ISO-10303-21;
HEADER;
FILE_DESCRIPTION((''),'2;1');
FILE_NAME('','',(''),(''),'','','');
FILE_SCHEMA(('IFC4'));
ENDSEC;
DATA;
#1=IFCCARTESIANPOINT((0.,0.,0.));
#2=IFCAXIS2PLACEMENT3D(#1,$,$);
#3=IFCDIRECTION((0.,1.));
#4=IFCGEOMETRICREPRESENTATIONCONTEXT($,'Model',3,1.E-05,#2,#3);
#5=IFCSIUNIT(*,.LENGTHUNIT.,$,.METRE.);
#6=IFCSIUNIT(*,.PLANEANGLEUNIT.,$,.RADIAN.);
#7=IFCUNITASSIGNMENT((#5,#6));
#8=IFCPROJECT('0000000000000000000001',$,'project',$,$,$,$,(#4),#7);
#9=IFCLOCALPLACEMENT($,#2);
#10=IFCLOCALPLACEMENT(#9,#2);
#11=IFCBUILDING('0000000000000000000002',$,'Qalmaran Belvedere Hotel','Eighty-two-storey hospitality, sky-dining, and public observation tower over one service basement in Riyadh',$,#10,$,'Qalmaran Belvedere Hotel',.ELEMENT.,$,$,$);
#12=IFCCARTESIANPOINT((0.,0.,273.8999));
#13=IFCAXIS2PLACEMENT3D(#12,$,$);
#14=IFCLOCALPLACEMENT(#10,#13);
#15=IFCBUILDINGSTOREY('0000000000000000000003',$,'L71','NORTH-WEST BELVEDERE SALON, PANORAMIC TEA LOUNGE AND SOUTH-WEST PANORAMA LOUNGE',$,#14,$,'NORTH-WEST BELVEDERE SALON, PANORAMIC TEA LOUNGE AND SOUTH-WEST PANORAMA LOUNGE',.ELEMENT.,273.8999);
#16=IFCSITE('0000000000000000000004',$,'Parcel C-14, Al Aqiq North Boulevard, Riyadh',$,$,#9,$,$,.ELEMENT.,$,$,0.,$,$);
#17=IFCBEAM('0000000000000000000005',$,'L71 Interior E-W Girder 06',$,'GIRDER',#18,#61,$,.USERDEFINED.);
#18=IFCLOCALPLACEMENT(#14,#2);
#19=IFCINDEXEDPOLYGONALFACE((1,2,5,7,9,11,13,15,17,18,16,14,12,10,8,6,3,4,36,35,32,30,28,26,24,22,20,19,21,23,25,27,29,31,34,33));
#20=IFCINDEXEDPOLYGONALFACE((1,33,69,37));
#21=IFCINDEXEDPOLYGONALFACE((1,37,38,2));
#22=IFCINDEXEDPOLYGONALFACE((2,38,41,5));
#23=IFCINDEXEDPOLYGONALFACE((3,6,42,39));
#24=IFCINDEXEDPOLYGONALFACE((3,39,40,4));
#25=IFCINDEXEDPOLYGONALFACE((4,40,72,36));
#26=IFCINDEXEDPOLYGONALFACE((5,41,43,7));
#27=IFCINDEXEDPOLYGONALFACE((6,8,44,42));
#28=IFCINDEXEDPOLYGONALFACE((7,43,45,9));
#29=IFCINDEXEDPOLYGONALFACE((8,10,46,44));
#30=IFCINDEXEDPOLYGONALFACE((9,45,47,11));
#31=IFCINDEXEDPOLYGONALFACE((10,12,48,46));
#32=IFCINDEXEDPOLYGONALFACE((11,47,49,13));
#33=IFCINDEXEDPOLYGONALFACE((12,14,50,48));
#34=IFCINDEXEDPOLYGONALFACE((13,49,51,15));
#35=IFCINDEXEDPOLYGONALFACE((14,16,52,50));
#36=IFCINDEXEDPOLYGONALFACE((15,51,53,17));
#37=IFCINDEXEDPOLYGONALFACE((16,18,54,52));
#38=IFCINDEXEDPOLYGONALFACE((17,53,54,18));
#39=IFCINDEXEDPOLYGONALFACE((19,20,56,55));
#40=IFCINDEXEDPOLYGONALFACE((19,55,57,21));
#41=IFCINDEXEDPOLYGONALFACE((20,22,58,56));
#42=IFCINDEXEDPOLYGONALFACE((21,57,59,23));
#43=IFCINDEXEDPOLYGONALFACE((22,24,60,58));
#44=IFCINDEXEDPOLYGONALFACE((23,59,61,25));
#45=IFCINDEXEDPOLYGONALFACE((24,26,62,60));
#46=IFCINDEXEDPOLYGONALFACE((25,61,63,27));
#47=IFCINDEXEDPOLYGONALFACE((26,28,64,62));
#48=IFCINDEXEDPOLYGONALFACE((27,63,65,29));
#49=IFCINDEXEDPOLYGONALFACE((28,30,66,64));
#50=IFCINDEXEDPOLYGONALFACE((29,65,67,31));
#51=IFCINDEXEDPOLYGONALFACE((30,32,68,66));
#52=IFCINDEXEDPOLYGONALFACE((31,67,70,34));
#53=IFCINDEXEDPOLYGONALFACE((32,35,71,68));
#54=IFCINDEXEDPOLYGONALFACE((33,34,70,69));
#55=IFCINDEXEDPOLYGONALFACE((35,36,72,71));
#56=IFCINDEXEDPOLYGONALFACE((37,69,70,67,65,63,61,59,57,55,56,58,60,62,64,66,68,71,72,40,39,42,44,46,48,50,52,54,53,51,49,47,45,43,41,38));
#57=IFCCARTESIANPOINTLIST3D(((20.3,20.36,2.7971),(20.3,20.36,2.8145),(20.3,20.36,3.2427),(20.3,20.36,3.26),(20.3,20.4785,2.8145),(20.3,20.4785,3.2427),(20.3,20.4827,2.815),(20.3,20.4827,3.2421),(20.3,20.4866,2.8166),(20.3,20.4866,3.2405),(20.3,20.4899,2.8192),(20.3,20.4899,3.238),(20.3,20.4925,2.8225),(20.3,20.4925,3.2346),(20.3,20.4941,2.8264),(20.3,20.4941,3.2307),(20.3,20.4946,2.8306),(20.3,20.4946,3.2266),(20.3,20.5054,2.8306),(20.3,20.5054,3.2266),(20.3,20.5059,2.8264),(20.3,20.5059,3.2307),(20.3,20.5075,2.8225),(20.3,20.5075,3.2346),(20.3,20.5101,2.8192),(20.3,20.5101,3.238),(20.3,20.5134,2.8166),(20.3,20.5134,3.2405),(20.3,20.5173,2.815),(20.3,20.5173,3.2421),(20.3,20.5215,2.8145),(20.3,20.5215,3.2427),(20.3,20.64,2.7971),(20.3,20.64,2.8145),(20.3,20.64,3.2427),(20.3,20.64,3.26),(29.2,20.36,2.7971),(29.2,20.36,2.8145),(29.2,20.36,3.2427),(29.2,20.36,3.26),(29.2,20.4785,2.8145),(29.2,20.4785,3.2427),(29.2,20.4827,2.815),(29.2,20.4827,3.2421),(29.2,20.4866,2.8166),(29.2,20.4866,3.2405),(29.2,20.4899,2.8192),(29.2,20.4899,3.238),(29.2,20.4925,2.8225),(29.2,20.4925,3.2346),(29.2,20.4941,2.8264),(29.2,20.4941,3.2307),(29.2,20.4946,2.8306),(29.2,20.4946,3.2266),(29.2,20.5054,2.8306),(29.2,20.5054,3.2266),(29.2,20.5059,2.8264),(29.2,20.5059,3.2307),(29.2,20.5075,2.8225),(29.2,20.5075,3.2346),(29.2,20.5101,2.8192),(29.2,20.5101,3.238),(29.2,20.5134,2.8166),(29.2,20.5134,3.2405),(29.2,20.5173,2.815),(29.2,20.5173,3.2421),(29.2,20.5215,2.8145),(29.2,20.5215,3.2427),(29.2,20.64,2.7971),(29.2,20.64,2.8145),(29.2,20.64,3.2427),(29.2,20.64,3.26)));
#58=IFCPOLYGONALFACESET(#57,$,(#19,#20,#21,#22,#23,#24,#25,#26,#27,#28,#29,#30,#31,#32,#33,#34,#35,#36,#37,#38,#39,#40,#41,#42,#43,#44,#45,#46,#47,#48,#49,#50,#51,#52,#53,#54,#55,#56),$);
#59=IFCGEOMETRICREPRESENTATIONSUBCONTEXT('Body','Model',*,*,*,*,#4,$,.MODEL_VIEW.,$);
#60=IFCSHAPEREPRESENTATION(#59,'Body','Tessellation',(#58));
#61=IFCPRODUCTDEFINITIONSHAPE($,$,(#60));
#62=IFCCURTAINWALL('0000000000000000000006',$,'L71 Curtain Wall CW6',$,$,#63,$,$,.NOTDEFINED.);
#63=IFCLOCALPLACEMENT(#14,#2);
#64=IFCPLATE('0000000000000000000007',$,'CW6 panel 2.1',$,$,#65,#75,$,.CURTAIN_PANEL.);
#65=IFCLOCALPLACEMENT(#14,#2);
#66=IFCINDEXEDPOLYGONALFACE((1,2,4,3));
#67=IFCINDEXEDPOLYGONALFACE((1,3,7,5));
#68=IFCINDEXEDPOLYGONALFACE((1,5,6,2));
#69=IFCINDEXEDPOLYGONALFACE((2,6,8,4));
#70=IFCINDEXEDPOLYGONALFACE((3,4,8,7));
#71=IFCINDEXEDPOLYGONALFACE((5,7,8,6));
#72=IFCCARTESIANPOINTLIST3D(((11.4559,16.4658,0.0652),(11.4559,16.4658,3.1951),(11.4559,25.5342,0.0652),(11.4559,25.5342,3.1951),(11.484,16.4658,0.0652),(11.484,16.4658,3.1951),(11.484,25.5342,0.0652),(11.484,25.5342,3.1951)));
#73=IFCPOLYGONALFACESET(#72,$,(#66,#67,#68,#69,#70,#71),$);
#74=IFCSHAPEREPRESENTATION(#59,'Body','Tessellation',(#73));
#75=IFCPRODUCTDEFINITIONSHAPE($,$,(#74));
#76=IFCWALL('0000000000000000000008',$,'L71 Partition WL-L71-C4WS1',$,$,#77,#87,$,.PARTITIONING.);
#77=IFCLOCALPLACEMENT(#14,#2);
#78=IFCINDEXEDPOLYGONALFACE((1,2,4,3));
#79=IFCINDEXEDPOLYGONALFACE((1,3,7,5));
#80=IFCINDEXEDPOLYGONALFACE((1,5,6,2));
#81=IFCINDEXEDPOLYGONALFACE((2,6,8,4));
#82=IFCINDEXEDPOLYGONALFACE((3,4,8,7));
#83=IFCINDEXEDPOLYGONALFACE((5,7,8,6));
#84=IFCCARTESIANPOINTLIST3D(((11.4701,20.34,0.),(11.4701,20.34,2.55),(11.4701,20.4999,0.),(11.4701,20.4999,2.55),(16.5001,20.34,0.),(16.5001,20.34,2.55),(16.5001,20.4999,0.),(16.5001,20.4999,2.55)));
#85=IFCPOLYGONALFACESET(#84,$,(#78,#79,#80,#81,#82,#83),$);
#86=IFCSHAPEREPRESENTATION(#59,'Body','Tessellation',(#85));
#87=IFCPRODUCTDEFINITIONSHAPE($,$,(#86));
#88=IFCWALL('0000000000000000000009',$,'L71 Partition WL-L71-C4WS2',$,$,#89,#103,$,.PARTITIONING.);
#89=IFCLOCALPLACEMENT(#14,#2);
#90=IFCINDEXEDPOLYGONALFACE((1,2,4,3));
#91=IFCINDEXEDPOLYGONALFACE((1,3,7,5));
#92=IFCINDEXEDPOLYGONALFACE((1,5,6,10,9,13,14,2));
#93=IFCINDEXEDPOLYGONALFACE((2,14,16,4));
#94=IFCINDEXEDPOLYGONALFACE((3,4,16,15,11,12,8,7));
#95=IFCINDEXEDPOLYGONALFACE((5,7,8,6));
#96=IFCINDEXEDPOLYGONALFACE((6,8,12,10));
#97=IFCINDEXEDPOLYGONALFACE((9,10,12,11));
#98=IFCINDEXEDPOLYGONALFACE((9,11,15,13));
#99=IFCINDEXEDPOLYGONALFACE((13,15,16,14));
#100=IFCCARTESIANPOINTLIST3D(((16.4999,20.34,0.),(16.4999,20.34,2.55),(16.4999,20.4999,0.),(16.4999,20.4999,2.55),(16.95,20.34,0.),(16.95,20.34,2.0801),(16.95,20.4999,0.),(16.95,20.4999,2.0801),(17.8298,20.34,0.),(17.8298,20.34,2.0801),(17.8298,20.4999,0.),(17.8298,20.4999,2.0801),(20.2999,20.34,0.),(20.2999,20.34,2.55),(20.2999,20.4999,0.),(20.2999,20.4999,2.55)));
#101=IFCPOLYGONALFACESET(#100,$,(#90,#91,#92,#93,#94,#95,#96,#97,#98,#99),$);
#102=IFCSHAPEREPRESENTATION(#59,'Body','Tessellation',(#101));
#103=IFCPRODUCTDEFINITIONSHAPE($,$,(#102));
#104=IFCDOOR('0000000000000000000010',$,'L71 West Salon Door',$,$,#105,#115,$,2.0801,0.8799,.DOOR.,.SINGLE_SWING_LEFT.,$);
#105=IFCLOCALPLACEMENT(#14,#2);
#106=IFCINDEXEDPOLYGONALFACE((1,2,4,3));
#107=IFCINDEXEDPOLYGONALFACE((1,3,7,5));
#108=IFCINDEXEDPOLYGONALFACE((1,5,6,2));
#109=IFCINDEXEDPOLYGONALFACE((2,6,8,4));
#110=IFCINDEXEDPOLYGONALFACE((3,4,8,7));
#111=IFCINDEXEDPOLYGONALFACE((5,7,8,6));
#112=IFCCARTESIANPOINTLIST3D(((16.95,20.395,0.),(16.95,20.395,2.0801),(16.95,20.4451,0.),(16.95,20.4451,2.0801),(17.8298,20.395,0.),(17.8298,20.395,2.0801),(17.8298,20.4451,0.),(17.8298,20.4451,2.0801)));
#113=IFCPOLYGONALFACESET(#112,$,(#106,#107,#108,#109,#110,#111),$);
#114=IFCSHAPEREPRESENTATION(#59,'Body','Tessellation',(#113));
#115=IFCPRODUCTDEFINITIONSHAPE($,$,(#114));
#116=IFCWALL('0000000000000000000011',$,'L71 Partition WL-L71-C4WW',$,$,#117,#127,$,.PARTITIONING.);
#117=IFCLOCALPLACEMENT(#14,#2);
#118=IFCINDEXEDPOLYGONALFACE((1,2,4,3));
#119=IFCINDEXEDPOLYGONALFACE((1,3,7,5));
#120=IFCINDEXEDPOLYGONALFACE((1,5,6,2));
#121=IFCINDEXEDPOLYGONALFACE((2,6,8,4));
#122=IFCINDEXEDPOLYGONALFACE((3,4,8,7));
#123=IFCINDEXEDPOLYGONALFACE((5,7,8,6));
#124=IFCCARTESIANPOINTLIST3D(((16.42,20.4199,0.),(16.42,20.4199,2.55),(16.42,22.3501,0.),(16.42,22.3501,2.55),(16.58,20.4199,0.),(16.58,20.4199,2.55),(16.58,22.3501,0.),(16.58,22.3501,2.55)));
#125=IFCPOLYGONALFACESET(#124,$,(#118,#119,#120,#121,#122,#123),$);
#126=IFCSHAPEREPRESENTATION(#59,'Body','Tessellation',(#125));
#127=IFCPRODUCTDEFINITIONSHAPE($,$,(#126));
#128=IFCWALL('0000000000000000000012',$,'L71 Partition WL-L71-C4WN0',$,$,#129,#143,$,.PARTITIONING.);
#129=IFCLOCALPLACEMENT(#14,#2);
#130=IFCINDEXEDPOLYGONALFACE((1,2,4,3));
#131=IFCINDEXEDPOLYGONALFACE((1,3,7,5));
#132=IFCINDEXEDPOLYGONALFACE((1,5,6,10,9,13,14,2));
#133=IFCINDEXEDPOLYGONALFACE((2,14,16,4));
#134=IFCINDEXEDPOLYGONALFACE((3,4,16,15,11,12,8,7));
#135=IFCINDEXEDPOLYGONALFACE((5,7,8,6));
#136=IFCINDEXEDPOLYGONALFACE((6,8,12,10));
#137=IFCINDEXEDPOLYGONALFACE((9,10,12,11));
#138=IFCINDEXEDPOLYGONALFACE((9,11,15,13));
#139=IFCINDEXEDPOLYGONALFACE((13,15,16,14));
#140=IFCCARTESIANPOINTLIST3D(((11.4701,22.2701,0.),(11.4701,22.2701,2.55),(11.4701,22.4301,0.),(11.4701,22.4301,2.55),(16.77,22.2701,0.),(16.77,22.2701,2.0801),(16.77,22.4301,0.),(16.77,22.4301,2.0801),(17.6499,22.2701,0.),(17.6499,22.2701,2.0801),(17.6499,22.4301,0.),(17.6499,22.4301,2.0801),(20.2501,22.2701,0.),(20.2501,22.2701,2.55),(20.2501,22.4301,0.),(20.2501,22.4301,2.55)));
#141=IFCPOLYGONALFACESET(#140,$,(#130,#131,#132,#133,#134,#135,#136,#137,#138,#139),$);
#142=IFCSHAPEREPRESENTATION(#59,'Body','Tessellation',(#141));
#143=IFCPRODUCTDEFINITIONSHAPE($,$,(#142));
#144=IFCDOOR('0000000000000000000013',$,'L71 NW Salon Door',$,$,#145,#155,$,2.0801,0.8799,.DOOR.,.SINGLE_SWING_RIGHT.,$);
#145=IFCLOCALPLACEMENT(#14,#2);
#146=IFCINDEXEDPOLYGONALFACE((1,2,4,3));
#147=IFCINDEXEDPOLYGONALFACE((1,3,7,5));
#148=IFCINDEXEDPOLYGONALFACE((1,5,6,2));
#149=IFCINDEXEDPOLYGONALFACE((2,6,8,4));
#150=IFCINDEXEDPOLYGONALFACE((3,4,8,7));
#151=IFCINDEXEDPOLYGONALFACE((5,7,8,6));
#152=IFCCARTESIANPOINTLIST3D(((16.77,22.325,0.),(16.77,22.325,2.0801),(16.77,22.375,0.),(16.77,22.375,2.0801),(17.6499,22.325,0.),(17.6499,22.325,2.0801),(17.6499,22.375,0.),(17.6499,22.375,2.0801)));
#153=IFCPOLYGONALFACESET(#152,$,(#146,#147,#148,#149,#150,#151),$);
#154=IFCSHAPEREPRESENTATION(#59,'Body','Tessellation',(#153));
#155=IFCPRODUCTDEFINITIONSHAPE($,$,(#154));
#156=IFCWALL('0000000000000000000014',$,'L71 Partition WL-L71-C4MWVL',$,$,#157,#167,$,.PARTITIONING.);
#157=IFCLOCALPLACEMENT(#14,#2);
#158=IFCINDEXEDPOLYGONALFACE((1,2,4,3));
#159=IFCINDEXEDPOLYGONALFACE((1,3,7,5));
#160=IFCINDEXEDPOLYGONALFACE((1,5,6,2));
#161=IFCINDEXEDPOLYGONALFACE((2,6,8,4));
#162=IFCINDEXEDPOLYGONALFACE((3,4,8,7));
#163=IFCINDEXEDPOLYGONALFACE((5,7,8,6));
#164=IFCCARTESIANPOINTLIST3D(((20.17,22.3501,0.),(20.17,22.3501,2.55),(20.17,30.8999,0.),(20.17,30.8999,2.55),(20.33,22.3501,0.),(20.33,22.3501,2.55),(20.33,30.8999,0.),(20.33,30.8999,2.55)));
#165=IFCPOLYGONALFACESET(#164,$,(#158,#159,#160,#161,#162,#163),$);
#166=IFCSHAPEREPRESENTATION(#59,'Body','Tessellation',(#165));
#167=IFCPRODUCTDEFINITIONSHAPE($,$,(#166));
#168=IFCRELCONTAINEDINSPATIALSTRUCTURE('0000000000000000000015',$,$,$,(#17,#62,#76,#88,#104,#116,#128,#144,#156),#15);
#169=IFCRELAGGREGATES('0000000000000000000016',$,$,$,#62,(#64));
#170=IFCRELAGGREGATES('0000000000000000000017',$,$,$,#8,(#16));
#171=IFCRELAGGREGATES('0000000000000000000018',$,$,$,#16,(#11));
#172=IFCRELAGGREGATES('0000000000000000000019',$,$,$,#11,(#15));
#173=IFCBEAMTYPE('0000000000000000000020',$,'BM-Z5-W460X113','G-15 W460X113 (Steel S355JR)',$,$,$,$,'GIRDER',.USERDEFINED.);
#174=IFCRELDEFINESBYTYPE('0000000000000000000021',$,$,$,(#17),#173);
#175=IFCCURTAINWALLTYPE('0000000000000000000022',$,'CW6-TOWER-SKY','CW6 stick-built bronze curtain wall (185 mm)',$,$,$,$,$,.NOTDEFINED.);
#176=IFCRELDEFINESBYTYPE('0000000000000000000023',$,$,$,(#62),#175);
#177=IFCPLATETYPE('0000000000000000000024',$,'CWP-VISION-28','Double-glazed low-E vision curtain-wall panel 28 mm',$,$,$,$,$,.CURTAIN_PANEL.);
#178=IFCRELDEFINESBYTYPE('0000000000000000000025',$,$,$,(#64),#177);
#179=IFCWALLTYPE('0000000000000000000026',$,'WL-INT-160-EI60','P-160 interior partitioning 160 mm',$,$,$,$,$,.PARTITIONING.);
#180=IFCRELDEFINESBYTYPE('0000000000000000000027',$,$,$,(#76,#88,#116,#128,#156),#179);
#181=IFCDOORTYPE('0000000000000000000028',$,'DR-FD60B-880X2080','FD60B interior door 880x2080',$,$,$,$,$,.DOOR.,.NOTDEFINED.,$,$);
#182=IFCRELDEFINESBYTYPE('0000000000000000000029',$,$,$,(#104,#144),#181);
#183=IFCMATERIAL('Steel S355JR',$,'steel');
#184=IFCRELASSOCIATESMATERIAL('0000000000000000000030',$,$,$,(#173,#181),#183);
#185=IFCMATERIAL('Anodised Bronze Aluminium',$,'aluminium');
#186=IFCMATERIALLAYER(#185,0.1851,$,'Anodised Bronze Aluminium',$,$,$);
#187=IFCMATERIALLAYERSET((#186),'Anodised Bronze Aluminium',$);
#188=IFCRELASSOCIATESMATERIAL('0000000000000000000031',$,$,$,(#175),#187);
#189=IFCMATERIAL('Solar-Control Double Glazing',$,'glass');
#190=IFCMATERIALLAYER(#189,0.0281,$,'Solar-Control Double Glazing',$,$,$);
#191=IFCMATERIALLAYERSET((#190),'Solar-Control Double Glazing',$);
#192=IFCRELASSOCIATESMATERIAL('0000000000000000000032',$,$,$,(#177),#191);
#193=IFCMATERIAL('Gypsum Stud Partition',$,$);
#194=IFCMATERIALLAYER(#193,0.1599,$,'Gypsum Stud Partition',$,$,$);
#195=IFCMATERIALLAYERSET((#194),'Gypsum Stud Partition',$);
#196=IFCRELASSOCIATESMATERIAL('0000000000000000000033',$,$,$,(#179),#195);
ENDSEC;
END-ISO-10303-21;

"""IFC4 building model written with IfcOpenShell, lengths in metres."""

from ifc_helpers import new_model, si_unit, direction, frame, frame_2d, origin, origin_2d, place, context, subcontext, project, spatial, rectangle, i_section, extrude, material, layer, layer_set, material_profile, profile_set, type_object, element, fill, aggregate, save


model = new_model("IFC4")

# Units and contexts
model_context = context("Model", 3, precision=1e-05, world=origin(), true_north=direction((0.0, 1.0)))
body_context = subcontext(model_context, "Body", "Model", "MODEL_VIEW")
ifc_project = project(units=[si_unit("LENGTHUNIT", "METRE"), si_unit("PLANEANGLEUNIT", "RADIAN")], contexts=[model_context])

# Site, building, storey
site_placement = place(None, origin())
site = spatial("IfcSite", under=ifc_project, at=site_placement, Name="Parcel C-14, Al Aqiq North Boulevard, Riyadh", CompositionType="ELEMENT", RefElevation=0.0)
building_placement = place(site_placement, origin())
building = spatial("IfcBuilding", under=site, at=building_placement, Name="Qalmaran Belvedere Hotel", Description="Eighty-two-storey hospitality, sky-dining, and public observation tower over one service basement in Riyadh", LongName="Qalmaran Belvedere Hotel", CompositionType="ELEMENT")
storey_placement = place(building_placement, frame((0.0, 0.0, 273.8999)))
storey = spatial("IfcBuildingStorey", under=building, at=storey_placement, Name="L71", Description="NORTH-WEST BELVEDERE SALON, PANORAMIC TEA LOUNGE AND SOUTH-WEST PANORAMA LOUNGE", LongName="NORTH-WEST BELVEDERE SALON, PANORAMIC TEA LOUNGE AND SOUTH-WEST PANORAMA LOUNGE", CompositionType="ELEMENT", Elevation=273.8999)

# Beam
ifc_material_1 = material(Name="Steel S355JR", Category="steel")
ifc_material_profile_1 = material_profile(ifc_material_1, i_section(OverallWidth=0.28, OverallDepth=0.4629, WebThickness=0.0107, FlangeThickness=0.0173, FilletRadius=0.0161, at=origin_2d()), Name="W460X113")
ifc_profile_set_1 = profile_set([ifc_material_profile_1], Name="Steel S355JR")
beam_type_1 = type_object("IfcBeamType", Name="BM-Z5-W460X113", Description="G-15 W460X113 (Steel S355JR)", ElementType="GIRDER", PredefinedType="USERDEFINED", material=ifc_profile_set_1)
beam_1_placement = place(storey_placement, frame((20.3, 20.5, 3.0286), z_axis=(1.0, 0.0, 0.0), x_axis=(0.0, 1.0, 0.0)))
element("IfcBeam", 1, at=beam_1_placement, inside=storey, type_object=beam_type_1, Name="L71 Interior E-W Girder 06", ObjectType="GIRDER", PredefinedType="USERDEFINED", context=body_context, shape_type="SweptSolid", body=[
    extrude(i_section(OverallWidth=0.28, OverallDepth=0.4629, WebThickness=0.0107, FlangeThickness=0.0173, FilletRadius=0.0161, at=origin_2d()), origin(), (0.0, 0.0, 1.0), 8.8999),
])

# Curtain wall, plate
ifc_material_2 = material(Name="Anodised Bronze Aluminium", Category="aluminium")
ifc_layer_1 = layer(ifc_material_2, 0.1851, Name="Anodised Bronze Aluminium")
ifc_layer_set_1 = layer_set([ifc_layer_1], Name="Anodised Bronze Aluminium")
curtain_wall_type = type_object("IfcCurtainWallType", Name="CW6-TOWER-SKY", Description="CW6 stick-built bronze curtain wall (185 mm)", PredefinedType="NOTDEFINED", material=ifc_layer_set_1)
curtain_wall_placement = place(storey_placement, origin())
curtain_wall = element("IfcCurtainWall", 2, at=curtain_wall_placement, inside=storey, type_object=curtain_wall_type, Name="L71 Curtain Wall CW6", PredefinedType="NOTDEFINED")
ifc_material_3 = material(Name="Solar-Control Double Glazing", Category="glass")
ifc_layer_2 = layer(ifc_material_3, 0.0281, Name="Solar-Control Double Glazing")
ifc_layer_set_2 = layer_set([ifc_layer_2], Name="Solar-Control Double Glazing")
plate_type = type_object("IfcPlateType", Name="CWP-VISION-28", Description="Double-glazed low-E vision curtain-wall panel 28 mm", PredefinedType="CURTAIN_PANEL", material=ifc_layer_set_2)
plate_placement = place(storey_placement, frame((11.47, 21.0, 0.0652), z_axis=(0.0, 0.0, 1.0), x_axis=(0.0, -1.0, 0.0)))
plate = element("IfcPlate", 3, at=plate_placement, type_object=plate_type, Name="CW6 panel 2.1", PredefinedType="CURTAIN_PANEL", context=body_context, shape_type="SweptSolid", body=[
    extrude(rectangle(XDim=9.0684, YDim=0.0281, at=origin_2d()), origin(), (0.0, 0.0, 1.0), 3.1299),
])
aggregate(curtain_wall, [plate])

# Wall
ifc_material_4 = material(Name="Gypsum Stud Partition")
ifc_layer_3 = layer(ifc_material_4, 0.1599, Name="Gypsum Stud Partition")
ifc_layer_set_3 = layer_set([ifc_layer_3], Name="Gypsum Stud Partition")
wall_type_1 = type_object("IfcWallType", Name="WL-INT-160-EI60", Description="P-160 interior partitioning 160 mm", PredefinedType="PARTITIONING", material=ifc_layer_set_3)
wall_1_placement = place(storey_placement, frame((11.47, 20.4199, 0.0), z_axis=(0.0, 0.0, 1.0), x_axis=(1.0, 0.0, 0.0)))
element("IfcWall", 4, at=wall_1_placement, inside=storey, type_object=wall_type_1, Name="L71 Partition WL-L71-C4WS1", PredefinedType="PARTITIONING", context=body_context, shape_type="SweptSolid", body=[
    extrude(rectangle(XDim=5.03, YDim=0.1599, at=frame_2d((2.5151, 0.0))), origin(), (0.0, 0.0, 1.0), 2.55),
])

# Wall, opening, door
wall_2_placement = place(storey_placement, frame((16.5, 20.4199, 0.0), z_axis=(0.0, 0.0, 1.0), x_axis=(1.0, 0.0, 0.0)))
wall_2 = element("IfcWall", 5, at=wall_2_placement, inside=storey, type_object=wall_type_1, Name="L71 Partition WL-L71-C4WS2", PredefinedType="PARTITIONING", context=body_context, shape_type="SweptSolid", body=[
    extrude(rectangle(XDim=3.8, YDim=0.1599, at=frame_2d((1.8999, 0.0))), origin(), (0.0, 0.0, 1.0), 2.55),
])
opening_1_placement = place(wall_2_placement, frame((1.3298, 0.0, 0.0), z_axis=(0.0, 0.0, 1.0), x_axis=(-1.0, 0.0, 0.0)))
opening_1 = element("IfcOpeningElement", 6, at=opening_1_placement, cuts=wall_2, PredefinedType="OPENING", context=body_context, shape_type="SweptSolid", body=[
    extrude(rectangle(XDim=0.8799, YDim=2.0801, at=frame_2d((0.4399, 1.04))), frame((0.0, 0.0898, 0.0), z_axis=(0.0, -1.0, 0.0), x_axis=(1.0, 0.0, 0.0)), (0.0, 0.0, 1.0), 0.1799),
])
door_type_1 = type_object("IfcDoorType", Name="DR-FD60B-880X2080", Description="FD60B interior door 880x2080", OperationType="NOTDEFINED", PredefinedType="DOOR", material=ifc_material_1)
door_1_placement = place(opening_1_placement, origin())
door_1 = element("IfcDoor", 7, at=door_1_placement, inside=storey, type_object=door_type_1, Name="L71 West Salon Door", OperationType="SINGLE_SWING_LEFT", OverallHeight=2.0801, OverallWidth=0.8799, PredefinedType="DOOR", context=body_context, shape_type="SweptSolid", body=[
    extrude(rectangle(XDim=0.8799, YDim=2.0801, at=frame_2d((0.4399, 1.04))), frame((0.0, 0.0249, 0.0), z_axis=(0.0, -1.0, 0.0), x_axis=(1.0, 0.0, 0.0)), (0.0, 0.0, 1.0), 0.05),
])
fill(opening_1, door_1)

# Wall
wall_3_placement = place(storey_placement, frame((16.5, 20.4199, 0.0), z_axis=(0.0, 0.0, 1.0), x_axis=(0.0, 1.0, 0.0)))
element("IfcWall", 8, at=wall_3_placement, inside=storey, type_object=wall_type_1, Name="L71 Partition WL-L71-C4WW", PredefinedType="PARTITIONING", context=body_context, shape_type="SweptSolid", body=[
    extrude(rectangle(XDim=1.9302, YDim=0.1599, at=frame_2d((0.9651, 0.0))), origin(), (0.0, 0.0, 1.0), 2.55),
])

# Wall, opening, door
wall_4_placement = place(storey_placement, frame((11.47, 22.3501, 0.0), z_axis=(0.0, 0.0, 1.0), x_axis=(1.0, 0.0, 0.0)))
wall_4 = element("IfcWall", 9, at=wall_4_placement, inside=storey, type_object=wall_type_1, Name="L71 Partition WL-L71-C4WN0", PredefinedType="PARTITIONING", context=body_context, shape_type="SweptSolid", body=[
    extrude(rectangle(XDim=8.78, YDim=0.1599, at=frame_2d((4.3901, 0.0))), origin(), (0.0, 0.0, 1.0), 2.55),
])
opening_2_placement = place(wall_4_placement, frame((5.3, 0.0, 0.0)))
opening_2 = element("IfcOpeningElement", 10, at=opening_2_placement, cuts=wall_4, PredefinedType="OPENING", context=body_context, shape_type="SweptSolid", body=[
    extrude(rectangle(XDim=0.8799, YDim=2.0801, at=frame_2d((0.4399, 1.04))), frame((0.0, 0.0898, 0.0), z_axis=(0.0, -1.0, 0.0), x_axis=(1.0, 0.0, 0.0)), (0.0, 0.0, 1.0), 0.1799),
])
door_2_placement = place(opening_2_placement, origin())
door_2 = element("IfcDoor", 11, at=door_2_placement, inside=storey, type_object=door_type_1, Name="L71 NW Salon Door", OperationType="SINGLE_SWING_RIGHT", OverallHeight=2.0801, OverallWidth=0.8799, PredefinedType="DOOR", context=body_context, shape_type="SweptSolid", body=[
    extrude(rectangle(XDim=0.8799, YDim=2.0801, at=frame_2d((0.4399, 1.04))), frame((0.0, 0.0249, 0.0), z_axis=(0.0, -1.0, 0.0), x_axis=(1.0, 0.0, 0.0)), (0.0, 0.0, 1.0), 0.05),
])
fill(opening_2, door_2)

# Wall
wall_5_placement = place(storey_placement, frame((20.25, 22.3501, 0.0), z_axis=(0.0, 0.0, 1.0), x_axis=(0.0, 1.0, 0.0)))
element("IfcWall", 12, at=wall_5_placement, inside=storey, type_object=wall_type_1, Name="L71 Partition WL-L71-C4MWVL", PredefinedType="PARTITIONING", context=body_context, shape_type="SweptSolid", body=[
    extrude(rectangle(XDim=8.5498, YDim=0.1599, at=frame_2d((4.2749, 0.0))), origin(), (0.0, 0.0, 1.0), 2.55),
])

save(model, "model.ifc")
